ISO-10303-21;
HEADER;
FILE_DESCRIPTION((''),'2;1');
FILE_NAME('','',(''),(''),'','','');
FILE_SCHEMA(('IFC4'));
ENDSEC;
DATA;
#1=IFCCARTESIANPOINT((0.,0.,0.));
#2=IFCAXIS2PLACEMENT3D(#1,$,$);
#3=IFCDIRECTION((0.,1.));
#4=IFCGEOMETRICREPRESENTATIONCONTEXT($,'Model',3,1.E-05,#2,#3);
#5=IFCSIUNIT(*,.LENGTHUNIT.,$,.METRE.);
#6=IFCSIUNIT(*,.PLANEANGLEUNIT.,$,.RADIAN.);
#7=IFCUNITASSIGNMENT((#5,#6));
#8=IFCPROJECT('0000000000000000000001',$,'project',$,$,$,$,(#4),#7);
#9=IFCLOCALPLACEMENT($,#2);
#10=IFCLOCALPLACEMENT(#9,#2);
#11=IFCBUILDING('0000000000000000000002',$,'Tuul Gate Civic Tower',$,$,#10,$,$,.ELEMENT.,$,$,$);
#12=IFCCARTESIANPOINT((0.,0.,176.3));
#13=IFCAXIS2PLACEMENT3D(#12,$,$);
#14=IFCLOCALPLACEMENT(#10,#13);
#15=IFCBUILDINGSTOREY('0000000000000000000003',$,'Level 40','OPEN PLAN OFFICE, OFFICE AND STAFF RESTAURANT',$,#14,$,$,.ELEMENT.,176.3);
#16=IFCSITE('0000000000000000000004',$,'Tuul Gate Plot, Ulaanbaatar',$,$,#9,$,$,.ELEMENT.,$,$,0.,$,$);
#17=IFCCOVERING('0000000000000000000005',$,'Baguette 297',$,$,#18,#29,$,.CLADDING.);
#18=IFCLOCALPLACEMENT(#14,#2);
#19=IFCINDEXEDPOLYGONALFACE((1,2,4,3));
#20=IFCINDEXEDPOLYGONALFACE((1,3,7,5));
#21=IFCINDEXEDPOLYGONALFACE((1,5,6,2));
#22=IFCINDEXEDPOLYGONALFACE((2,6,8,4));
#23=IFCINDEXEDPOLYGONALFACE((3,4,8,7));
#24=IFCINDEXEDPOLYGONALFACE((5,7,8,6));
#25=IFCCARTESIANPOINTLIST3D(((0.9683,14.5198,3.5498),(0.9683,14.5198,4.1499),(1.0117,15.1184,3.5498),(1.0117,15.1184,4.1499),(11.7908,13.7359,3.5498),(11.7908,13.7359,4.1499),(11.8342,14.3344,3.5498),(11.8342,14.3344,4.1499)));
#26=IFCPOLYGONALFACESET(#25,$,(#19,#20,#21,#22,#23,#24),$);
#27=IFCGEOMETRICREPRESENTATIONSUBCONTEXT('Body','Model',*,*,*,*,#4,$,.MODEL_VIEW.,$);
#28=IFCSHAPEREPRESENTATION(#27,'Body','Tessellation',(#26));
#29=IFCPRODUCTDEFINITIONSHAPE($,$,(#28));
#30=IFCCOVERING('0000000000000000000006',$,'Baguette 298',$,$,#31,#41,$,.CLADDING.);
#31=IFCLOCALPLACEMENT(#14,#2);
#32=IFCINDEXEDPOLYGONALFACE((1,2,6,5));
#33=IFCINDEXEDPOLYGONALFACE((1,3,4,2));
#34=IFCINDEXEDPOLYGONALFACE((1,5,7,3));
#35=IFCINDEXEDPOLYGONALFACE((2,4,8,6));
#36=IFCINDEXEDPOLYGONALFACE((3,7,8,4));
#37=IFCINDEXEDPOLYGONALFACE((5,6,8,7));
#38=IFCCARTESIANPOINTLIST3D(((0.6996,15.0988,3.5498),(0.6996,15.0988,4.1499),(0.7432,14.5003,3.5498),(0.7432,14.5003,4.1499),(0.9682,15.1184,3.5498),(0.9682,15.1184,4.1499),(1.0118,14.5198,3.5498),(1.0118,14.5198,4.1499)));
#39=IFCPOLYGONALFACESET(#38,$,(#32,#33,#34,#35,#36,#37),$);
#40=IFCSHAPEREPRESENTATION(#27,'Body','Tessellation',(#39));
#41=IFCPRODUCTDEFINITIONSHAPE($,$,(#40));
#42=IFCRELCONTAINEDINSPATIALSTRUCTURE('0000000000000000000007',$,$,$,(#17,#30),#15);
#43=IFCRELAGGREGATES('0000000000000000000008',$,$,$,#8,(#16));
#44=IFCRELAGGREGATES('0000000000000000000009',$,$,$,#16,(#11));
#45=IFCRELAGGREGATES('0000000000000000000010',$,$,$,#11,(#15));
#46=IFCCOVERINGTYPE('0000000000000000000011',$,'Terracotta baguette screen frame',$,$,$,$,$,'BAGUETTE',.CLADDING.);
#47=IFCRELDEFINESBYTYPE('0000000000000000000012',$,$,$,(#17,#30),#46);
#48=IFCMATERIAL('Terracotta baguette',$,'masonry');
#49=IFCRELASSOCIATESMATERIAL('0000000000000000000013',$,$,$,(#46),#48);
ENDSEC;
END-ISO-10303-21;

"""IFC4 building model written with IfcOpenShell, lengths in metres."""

from ifc_helpers import new_model, si_unit, direction, frame, origin, origin_2d, place, context, subcontext, project, spatial, rectangle, extrude, material, material_profile, profile_set, type_object, element, save


model = new_model("IFC4")

# Units and contexts
model_context = context("Model", 3, precision=1e-05, world=origin(), true_north=direction((0.0, 1.0)))
body_context = subcontext(model_context, "Body", "Model", "MODEL_VIEW")
ifc_project = project(units=[si_unit("LENGTHUNIT", "METRE"), si_unit("PLANEANGLEUNIT", "RADIAN")], contexts=[model_context])

# Site, building, storey
site_placement = place(None, origin())
site = spatial("IfcSite", under=ifc_project, at=site_placement, Name="Tuul Gate Plot, Ulaanbaatar", CompositionType="ELEMENT", RefElevation=0.0)
building_placement = place(site_placement, origin())
building = spatial("IfcBuilding", under=site, at=building_placement, Name="Tuul Gate Civic Tower", CompositionType="ELEMENT")
storey_placement = place(building_placement, frame((0.0, 0.0, 176.3)))
storey = spatial("IfcBuildingStorey", under=building, at=storey_placement, Name="Level 40", Description="OPEN PLAN OFFICE, OFFICE AND STAFF RESTAURANT", CompositionType="ELEMENT", Elevation=176.3)

# Coverings
ifc_material_1 = material(Name="Terracotta baguette", Category="masonry")
ifc_material_profile_1 = material_profile(ifc_material_1, rectangle(XDim=0.6001, YDim=0.6001, at=origin_2d()), Name="Terracotta baguette screen frame")
ifc_profile_set_1 = profile_set([ifc_material_profile_1], Name="Terracotta baguette")
covering_type = type_object("IfcCoveringType", Name="Terracotta baguette screen frame", ElementType="BAGUETTE", PredefinedType="CLADDING", material=ifc_profile_set_1)
covering_1_placement = place(storey_placement, frame((11.8125, 14.0352, 3.8499), z_axis=(-0.997387, 0.072246, 0.0), x_axis=(-0.072246, -0.997387, 0.0)))
element("IfcCovering", 1, at=covering_1_placement, inside=storey, type_object=covering_type, Name="Baguette 297", PredefinedType="CLADDING", context=body_context, shape_type="SweptSolid", body=[
    extrude(rectangle(XDim=0.6001, YDim=0.6001, at=origin_2d()), origin(), (0.0, 0.0, 1.0), 10.8508),
])
covering_2_placement = place(storey_placement, frame((0.99, 14.8191, 3.8499), z_axis=(-0.997366, -0.072536, 0.0), x_axis=(0.072536, -0.997366, 0.0)))
element("IfcCovering", 2, at=covering_2_placement, inside=storey, type_object=covering_type, Name="Baguette 298", PredefinedType="CLADDING", context=body_context, shape_type="SweptSolid", body=[
    extrude(rectangle(XDim=0.6001, YDim=0.6001, at=origin_2d()), origin(), (0.0, 0.0, 1.0), 0.2693),
])

save(model, "model.ifc")
